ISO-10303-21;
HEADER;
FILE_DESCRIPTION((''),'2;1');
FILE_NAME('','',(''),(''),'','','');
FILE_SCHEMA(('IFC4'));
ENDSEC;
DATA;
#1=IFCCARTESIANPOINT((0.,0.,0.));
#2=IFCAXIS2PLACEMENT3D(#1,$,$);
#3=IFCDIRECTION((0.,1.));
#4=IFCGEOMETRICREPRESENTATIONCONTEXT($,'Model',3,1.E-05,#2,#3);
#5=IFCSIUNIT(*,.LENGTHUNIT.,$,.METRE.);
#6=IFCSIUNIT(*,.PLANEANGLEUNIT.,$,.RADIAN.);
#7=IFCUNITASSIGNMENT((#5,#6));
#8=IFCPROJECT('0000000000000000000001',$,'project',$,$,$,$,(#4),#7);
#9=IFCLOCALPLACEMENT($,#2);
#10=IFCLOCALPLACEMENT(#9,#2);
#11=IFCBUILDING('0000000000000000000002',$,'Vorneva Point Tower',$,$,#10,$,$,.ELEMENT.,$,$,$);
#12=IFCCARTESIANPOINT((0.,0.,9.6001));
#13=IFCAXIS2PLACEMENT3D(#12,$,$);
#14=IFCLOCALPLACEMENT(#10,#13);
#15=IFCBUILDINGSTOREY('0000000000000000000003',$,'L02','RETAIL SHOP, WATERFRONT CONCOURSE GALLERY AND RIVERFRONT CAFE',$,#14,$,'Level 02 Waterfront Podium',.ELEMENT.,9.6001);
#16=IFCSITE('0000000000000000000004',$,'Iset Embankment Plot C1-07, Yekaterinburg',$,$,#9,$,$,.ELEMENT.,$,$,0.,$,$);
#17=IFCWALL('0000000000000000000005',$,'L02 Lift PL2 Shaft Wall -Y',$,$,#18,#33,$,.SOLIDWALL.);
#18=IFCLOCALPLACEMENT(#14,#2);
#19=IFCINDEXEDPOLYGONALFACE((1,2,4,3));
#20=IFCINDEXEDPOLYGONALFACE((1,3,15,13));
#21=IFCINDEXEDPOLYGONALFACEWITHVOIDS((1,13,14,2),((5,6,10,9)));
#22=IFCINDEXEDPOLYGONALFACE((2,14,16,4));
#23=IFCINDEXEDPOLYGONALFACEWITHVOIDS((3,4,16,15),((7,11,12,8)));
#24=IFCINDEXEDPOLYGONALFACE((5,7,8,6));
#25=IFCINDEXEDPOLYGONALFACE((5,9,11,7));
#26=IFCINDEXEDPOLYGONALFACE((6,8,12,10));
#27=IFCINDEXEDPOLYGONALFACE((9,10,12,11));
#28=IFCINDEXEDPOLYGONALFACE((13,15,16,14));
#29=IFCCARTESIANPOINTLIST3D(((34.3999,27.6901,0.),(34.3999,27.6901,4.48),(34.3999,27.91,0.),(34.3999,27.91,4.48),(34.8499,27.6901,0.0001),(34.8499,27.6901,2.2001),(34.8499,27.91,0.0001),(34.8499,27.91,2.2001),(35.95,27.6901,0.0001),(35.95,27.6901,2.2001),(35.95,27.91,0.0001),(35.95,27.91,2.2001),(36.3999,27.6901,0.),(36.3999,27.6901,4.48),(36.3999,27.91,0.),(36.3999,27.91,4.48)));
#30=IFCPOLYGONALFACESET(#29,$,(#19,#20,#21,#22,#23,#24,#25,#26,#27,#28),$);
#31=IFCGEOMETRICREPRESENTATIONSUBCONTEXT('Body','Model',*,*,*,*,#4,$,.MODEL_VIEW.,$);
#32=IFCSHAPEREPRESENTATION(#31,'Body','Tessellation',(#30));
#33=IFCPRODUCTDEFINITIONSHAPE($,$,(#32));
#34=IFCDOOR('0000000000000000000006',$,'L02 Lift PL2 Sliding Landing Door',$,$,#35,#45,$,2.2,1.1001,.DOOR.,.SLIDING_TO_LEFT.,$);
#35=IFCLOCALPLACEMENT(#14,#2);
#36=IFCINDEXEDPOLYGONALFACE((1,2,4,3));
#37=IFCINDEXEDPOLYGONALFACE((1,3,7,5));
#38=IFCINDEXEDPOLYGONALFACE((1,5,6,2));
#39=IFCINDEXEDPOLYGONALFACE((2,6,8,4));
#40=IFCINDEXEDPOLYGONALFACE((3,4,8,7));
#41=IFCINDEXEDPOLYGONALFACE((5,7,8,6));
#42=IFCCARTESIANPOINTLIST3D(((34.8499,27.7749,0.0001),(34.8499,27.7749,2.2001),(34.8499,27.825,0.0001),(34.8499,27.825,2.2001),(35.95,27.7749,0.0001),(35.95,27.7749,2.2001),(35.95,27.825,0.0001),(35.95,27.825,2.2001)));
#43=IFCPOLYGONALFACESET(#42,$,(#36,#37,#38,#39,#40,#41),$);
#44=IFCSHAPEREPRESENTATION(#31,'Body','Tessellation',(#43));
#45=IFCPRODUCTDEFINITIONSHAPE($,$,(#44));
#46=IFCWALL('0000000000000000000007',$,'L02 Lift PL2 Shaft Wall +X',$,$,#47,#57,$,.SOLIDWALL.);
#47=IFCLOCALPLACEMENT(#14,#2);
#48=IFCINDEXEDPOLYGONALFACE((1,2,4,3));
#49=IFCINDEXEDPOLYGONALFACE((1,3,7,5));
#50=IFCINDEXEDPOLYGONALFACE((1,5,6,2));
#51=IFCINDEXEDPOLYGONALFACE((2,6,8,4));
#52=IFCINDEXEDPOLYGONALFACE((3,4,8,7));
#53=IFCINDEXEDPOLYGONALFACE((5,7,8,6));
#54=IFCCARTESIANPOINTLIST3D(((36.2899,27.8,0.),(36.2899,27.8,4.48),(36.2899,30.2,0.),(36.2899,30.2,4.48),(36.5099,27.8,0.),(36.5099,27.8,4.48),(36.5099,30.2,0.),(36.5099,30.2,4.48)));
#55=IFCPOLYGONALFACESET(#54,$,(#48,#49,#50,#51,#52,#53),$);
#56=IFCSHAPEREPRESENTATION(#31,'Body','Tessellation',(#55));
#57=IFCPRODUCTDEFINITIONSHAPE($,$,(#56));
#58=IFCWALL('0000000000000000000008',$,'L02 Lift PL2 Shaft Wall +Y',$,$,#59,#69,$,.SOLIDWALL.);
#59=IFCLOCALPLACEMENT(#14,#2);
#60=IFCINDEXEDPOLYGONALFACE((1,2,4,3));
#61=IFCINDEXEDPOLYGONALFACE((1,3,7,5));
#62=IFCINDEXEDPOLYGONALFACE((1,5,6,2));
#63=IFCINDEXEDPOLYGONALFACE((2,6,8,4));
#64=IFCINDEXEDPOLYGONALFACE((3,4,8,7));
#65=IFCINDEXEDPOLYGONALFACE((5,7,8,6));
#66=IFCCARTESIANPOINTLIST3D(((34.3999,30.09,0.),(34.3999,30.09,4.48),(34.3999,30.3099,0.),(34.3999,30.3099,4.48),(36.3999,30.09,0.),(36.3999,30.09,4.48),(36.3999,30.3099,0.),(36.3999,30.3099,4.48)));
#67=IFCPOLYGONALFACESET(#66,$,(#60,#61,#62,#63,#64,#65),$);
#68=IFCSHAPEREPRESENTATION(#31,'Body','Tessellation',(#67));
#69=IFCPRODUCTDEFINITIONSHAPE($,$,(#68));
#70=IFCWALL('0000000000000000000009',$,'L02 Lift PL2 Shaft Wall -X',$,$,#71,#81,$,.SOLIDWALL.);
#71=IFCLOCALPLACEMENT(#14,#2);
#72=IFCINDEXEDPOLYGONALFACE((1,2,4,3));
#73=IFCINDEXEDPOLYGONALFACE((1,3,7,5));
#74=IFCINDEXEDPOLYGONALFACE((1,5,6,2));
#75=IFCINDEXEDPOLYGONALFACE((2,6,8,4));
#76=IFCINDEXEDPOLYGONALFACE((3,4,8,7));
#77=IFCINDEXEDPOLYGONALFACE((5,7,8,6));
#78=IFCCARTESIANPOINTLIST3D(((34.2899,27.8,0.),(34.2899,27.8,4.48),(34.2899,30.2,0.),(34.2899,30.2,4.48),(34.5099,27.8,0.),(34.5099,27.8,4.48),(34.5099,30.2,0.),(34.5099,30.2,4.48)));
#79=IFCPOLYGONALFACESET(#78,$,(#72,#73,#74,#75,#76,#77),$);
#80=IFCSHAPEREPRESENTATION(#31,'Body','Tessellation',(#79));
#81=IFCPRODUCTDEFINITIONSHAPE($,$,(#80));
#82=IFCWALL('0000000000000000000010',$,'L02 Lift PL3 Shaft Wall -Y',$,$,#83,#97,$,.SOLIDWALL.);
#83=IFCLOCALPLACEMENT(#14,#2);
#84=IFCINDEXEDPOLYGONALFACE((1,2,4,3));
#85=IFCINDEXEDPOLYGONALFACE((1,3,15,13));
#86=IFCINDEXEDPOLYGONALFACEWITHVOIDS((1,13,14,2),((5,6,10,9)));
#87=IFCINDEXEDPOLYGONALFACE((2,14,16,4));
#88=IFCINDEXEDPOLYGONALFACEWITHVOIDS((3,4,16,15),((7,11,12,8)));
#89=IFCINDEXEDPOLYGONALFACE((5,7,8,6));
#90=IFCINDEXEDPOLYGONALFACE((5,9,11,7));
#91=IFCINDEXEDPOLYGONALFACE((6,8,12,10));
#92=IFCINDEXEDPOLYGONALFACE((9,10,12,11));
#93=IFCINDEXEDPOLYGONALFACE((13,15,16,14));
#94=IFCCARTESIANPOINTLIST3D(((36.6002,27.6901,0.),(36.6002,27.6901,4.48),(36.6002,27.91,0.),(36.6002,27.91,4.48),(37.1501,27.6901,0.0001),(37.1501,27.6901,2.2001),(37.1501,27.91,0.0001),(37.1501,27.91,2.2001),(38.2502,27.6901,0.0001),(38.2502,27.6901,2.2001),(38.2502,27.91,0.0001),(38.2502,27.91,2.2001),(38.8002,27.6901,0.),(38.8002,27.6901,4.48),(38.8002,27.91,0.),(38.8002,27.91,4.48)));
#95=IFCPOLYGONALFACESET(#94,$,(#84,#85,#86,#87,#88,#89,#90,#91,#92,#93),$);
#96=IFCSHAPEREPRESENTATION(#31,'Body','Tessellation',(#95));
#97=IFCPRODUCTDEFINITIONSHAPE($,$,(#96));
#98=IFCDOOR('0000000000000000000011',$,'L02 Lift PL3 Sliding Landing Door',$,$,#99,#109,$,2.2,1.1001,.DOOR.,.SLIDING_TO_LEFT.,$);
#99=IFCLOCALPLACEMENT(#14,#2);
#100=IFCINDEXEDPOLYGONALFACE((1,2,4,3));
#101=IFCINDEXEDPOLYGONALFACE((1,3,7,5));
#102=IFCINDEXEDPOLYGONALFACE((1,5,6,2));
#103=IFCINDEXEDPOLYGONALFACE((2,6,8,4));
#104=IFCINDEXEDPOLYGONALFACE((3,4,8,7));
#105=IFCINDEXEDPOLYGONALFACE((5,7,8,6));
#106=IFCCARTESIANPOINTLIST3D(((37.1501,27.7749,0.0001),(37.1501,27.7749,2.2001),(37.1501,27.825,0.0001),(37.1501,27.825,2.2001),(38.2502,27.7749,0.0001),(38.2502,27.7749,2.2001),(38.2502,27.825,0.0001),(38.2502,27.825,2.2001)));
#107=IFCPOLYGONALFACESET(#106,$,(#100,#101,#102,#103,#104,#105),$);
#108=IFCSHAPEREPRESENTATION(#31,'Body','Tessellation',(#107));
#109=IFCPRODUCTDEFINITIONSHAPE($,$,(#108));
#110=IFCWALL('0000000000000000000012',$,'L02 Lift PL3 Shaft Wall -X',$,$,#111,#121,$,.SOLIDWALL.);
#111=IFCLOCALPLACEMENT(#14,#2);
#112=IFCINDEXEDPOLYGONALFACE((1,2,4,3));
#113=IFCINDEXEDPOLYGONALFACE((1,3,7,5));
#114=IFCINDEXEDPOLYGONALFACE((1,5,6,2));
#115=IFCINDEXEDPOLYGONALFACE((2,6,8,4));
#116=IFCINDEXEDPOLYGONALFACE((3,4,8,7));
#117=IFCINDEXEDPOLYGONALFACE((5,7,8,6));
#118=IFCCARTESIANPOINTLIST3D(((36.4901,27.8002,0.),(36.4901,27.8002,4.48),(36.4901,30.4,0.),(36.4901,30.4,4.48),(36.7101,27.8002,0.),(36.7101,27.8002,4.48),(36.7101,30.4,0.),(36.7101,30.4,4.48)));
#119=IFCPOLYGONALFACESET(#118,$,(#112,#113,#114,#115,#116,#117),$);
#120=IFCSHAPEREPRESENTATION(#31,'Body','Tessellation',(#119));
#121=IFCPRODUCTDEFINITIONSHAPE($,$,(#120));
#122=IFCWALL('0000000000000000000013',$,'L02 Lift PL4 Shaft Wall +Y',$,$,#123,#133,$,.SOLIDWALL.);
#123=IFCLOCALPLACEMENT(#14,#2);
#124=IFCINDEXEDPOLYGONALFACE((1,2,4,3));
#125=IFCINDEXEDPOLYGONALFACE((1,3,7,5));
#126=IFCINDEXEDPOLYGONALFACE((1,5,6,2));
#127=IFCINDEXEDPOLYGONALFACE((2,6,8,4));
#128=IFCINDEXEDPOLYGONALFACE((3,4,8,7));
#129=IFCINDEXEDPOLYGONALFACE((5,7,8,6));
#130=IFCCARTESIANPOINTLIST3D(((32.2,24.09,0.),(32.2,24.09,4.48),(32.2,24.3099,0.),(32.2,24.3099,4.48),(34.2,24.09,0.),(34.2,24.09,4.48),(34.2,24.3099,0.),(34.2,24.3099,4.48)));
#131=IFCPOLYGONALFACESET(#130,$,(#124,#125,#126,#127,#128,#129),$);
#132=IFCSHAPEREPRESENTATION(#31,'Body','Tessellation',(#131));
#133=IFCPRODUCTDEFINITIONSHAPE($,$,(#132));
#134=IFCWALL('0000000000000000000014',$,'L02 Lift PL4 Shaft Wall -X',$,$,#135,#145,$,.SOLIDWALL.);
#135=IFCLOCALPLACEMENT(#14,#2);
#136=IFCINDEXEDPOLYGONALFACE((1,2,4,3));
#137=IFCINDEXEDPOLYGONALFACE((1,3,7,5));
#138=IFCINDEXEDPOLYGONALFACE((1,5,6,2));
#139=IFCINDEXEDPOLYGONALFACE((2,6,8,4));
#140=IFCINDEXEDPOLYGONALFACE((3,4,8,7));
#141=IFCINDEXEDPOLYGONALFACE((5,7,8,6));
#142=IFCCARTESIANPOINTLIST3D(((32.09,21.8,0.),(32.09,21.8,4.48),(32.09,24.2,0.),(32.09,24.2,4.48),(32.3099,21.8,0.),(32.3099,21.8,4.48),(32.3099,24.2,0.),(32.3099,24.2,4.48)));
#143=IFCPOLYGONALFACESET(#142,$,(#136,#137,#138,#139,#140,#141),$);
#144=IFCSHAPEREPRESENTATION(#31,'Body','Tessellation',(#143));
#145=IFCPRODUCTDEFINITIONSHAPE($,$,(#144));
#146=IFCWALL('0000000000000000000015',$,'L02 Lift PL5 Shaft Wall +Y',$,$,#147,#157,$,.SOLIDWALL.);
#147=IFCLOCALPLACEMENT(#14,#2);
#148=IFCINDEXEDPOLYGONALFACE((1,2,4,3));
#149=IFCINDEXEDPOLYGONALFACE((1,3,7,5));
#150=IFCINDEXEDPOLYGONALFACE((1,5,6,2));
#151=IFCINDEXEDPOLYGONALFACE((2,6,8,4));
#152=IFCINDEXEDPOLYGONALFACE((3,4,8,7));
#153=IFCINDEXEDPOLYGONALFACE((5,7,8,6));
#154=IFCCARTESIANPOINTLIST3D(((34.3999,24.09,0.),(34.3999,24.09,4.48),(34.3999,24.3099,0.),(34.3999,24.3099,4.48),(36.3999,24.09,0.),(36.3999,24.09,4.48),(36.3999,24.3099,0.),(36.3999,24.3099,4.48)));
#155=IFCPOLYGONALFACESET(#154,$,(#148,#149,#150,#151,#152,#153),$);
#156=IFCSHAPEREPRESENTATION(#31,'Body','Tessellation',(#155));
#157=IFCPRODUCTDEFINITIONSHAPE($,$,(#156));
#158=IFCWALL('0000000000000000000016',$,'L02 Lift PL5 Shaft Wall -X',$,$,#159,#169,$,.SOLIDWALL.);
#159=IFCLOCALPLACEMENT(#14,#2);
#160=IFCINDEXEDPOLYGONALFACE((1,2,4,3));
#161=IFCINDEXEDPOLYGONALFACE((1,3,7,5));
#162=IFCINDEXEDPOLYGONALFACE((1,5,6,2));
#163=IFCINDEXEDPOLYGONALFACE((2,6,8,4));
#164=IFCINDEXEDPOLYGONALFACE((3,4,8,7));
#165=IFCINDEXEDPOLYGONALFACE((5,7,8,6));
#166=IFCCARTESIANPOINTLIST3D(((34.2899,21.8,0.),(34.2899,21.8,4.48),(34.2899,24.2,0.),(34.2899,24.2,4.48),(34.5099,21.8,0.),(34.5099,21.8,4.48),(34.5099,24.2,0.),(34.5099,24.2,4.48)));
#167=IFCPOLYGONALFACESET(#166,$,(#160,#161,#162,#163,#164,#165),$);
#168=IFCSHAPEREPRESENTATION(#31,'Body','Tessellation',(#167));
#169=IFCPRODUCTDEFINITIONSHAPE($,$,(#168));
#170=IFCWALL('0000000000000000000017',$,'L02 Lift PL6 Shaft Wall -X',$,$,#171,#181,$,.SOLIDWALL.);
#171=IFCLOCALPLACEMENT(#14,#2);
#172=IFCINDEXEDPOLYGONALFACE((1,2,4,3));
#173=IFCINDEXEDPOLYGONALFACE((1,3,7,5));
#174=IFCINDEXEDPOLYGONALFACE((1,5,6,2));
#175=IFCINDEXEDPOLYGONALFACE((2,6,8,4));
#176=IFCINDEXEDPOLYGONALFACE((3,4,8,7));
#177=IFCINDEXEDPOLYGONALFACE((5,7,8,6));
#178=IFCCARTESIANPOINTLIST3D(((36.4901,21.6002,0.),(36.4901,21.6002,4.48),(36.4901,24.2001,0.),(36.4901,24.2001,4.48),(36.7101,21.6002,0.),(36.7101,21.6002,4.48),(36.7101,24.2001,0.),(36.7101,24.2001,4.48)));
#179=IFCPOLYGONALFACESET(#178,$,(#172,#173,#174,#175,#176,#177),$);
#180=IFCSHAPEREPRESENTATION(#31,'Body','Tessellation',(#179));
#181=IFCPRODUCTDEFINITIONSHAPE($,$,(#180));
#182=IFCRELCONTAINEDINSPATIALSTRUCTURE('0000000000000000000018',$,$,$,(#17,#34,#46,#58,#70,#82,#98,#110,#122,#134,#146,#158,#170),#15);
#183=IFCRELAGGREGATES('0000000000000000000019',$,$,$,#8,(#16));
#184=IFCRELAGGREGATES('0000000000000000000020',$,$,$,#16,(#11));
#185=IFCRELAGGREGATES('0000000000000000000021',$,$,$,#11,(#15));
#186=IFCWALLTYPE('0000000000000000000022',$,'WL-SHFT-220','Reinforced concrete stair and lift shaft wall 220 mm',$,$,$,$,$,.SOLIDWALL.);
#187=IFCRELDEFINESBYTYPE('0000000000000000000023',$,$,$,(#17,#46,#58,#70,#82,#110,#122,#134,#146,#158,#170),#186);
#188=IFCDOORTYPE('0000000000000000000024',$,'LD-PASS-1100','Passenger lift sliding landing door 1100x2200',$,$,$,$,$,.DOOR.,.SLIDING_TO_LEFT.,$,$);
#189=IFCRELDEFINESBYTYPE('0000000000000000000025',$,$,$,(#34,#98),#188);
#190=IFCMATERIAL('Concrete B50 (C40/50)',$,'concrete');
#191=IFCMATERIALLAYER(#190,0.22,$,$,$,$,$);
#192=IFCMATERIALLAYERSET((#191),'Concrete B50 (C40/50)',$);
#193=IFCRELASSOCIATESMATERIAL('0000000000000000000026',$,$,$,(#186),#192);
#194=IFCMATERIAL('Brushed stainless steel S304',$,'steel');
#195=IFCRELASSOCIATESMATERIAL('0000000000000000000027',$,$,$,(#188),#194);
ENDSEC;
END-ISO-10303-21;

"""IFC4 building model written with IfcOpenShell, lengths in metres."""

from ifc_helpers import new_model, si_unit, direction, frame, frame_2d, origin, place, context, subcontext, project, spatial, rectangle, extrude, material, layer, layer_set, type_object, element, fill, save


model = new_model("IFC4")

# Units and contexts
model_context = context("Model", 3, precision=1e-05, world=origin(), true_north=direction((0.0, 1.0)))
body_context = subcontext(model_context, "Body", "Model", "MODEL_VIEW")
ifc_project = project(units=[si_unit("LENGTHUNIT", "METRE"), si_unit("PLANEANGLEUNIT", "RADIAN")], contexts=[model_context])

# Site, building, storey
site_placement = place(None, origin())
site = spatial("IfcSite", under=ifc_project, at=site_placement, Name="Iset Embankment Plot C1-07, Yekaterinburg", CompositionType="ELEMENT", RefElevation=0.0)
building_placement = place(site_placement, origin())
building = spatial("IfcBuilding", under=site, at=building_placement, Name="Vorneva Point Tower", CompositionType="ELEMENT")
storey_placement = place(building_placement, frame((0.0, 0.0, 9.6001)))
storey = spatial("IfcBuildingStorey", under=building, at=storey_placement, Name="L02", Description="RETAIL SHOP, WATERFRONT CONCOURSE GALLERY AND RIVERFRONT CAFE", LongName="Level 02 Waterfront Podium", CompositionType="ELEMENT", Elevation=9.6001)

# Shared definitions
ifc_material_1 = material(Name="Concrete B50 (C40/50)", Category="concrete")
ifc_layer_1 = layer(ifc_material_1, 0.22)
ifc_layer_set_1 = layer_set([ifc_layer_1], Name="Concrete B50 (C40/50)")
wall_type_1 = type_object("IfcWallType", Name="WL-SHFT-220", Description="Reinforced concrete stair and lift shaft wall 220 mm", PredefinedType="SOLIDWALL", material=ifc_layer_set_1)
ifc_material_2 = material(Name="Brushed stainless steel S304", Category="steel")
door_type = type_object("IfcDoorType", Name="LD-PASS-1100", Description="Passenger lift sliding landing door 1100x2200", OperationType="SLIDING_TO_LEFT", PredefinedType="DOOR", material=ifc_material_2)

# Wall, opening, door
wall_1_placement = place(storey_placement, frame((34.3999, 27.8, 0.0), z_axis=(0.0, 0.0, 1.0), x_axis=(1.0, 0.0, 0.0)))
wall_1 = element("IfcWall", 1, at=wall_1_placement, inside=storey, type_object=wall_type_1, Name="L02 Lift PL2 Shaft Wall -Y", PredefinedType="SOLIDWALL", context=body_context, shape_type="SweptSolid", body=[
    extrude(rectangle(XDim=2.0, YDim=0.22, at=frame_2d((1.0, 0.0))), origin(), (0.0, 0.0, 1.0), 4.48),
])
opening_1_placement = place(wall_1_placement, frame((0.45, 0.0, 0.0)))
opening_1 = element("IfcOpeningElement", 2, at=opening_1_placement, cuts=wall_1, PredefinedType="OPENING", context=body_context, shape_type="SweptSolid", body=[
    extrude(rectangle(XDim=1.1001, YDim=2.2, at=frame_2d((0.55, 1.1001))), frame((0.0, 0.125, 0.0), z_axis=(0.0, -1.0, 0.0), x_axis=(1.0, 0.0, 0.0)), (0.0, 0.0, 1.0), 0.2498),
])
door_1_placement = place(opening_1_placement, origin())
door_1 = element("IfcDoor", 3, at=door_1_placement, inside=storey, type_object=door_type, Name="L02 Lift PL2 Sliding Landing Door", OperationType="SLIDING_TO_LEFT", OverallHeight=2.2, OverallWidth=1.1001, PredefinedType="DOOR", context=body_context, shape_type="SweptSolid", body=[
    extrude(rectangle(XDim=1.1001, YDim=2.2, at=frame_2d((0.55, 1.1001))), frame((0.0, 0.0249, 0.0), z_axis=(0.0, -1.0, 0.0), x_axis=(1.0, 0.0, 0.0)), (0.0, 0.0, 1.0), 0.05),
])
fill(opening_1, door_1)

# Walls
wall_2_placement = place(storey_placement, frame((36.3999, 27.8, 0.0), z_axis=(0.0, 0.0, 1.0), x_axis=(0.0, 1.0, 0.0)))
element("IfcWall", 4, at=wall_2_placement, inside=storey, type_object=wall_type_1, Name="L02 Lift PL2 Shaft Wall +X", PredefinedType="SOLIDWALL", context=body_context, shape_type="SweptSolid", body=[
    extrude(rectangle(XDim=2.3999, YDim=0.22, at=frame_2d((1.2, 0.0))), origin(), (0.0, 0.0, 1.0), 4.48),
])
wall_3_placement = place(storey_placement, frame((36.3999, 30.2, 0.0), z_axis=(0.0, 0.0, 1.0), x_axis=(-1.0, 0.0, 0.0)))
element("IfcWall", 5, at=wall_3_placement, inside=storey, type_object=wall_type_1, Name="L02 Lift PL2 Shaft Wall +Y", PredefinedType="SOLIDWALL", context=body_context, shape_type="SweptSolid", body=[
    extrude(rectangle(XDim=2.0, YDim=0.22, at=frame_2d((1.0, 0.0))), origin(), (0.0, 0.0, 1.0), 4.48),
])
wall_4_placement = place(storey_placement, frame((34.3999, 30.2, 0.0), z_axis=(0.0, 0.0, 1.0), x_axis=(0.0, -1.0, 0.0)))
element("IfcWall", 6, at=wall_4_placement, inside=storey, type_object=wall_type_1, Name="L02 Lift PL2 Shaft Wall -X", PredefinedType="SOLIDWALL", context=body_context, shape_type="SweptSolid", body=[
    extrude(rectangle(XDim=2.3999, YDim=0.22, at=frame_2d((1.2, 0.0))), origin(), (0.0, 0.0, 1.0), 4.48),
])

# Wall, opening, door
wall_5_placement = place(storey_placement, frame((36.6001, 27.8, 0.0), z_axis=(0.0, 0.0, 1.0), x_axis=(1.0, 0.0, 0.0)))
wall_5 = element("IfcWall", 7, at=wall_5_placement, inside=storey, type_object=wall_type_1, Name="L02 Lift PL3 Shaft Wall -Y", PredefinedType="SOLIDWALL", context=body_context, shape_type="SweptSolid", body=[
    extrude(rectangle(XDim=2.2, YDim=0.22, at=frame_2d((1.1001, 0.0))), origin(), (0.0, 0.0, 1.0), 4.48),
])
opening_2_placement = place(wall_5_placement, frame((0.55, 0.0, 0.0)))
opening_2 = element("IfcOpeningElement", 8, at=opening_2_placement, cuts=wall_5, PredefinedType="OPENING", context=body_context, shape_type="SweptSolid", body=[
    extrude(rectangle(XDim=1.1001, YDim=2.2, at=frame_2d((0.55, 1.1001))), frame((0.0, 0.125, 0.0), z_axis=(0.0, -1.0, 0.0), x_axis=(1.0, 0.0, 0.0)), (0.0, 0.0, 1.0), 0.2498),
])
door_2_placement = place(opening_2_placement, origin())
door_2 = element("IfcDoor", 9, at=door_2_placement, inside=storey, type_object=door_type, Name="L02 Lift PL3 Sliding Landing Door", OperationType="SLIDING_TO_LEFT", OverallHeight=2.2, OverallWidth=1.1001, PredefinedType="DOOR", context=body_context, shape_type="SweptSolid", body=[
    extrude(rectangle(XDim=1.1001, YDim=2.2, at=frame_2d((0.55, 1.1001))), frame((0.0, 0.0249, 0.0), z_axis=(0.0, -1.0, 0.0), x_axis=(1.0, 0.0, 0.0)), (0.0, 0.0, 1.0), 0.05),
])
fill(opening_2, door_2)

# Walls
wall_6_placement = place(storey_placement, frame((36.6001, 30.3999, 0.0), z_axis=(0.0, 0.0, 1.0), x_axis=(0.0, -1.0, 0.0)))
element("IfcWall", 10, at=wall_6_placement, inside=storey, type_object=wall_type_1, Name="L02 Lift PL3 Shaft Wall -X", PredefinedType="SOLIDWALL", context=body_context, shape_type="SweptSolid", body=[
    extrude(rectangle(XDim=2.5999, YDim=0.22, at=frame_2d((1.2998, 0.0))), origin(), (0.0, 0.0, 1.0), 4.48),
])
wall_7_placement = place(storey_placement, frame((34.2, 24.2, 0.0), z_axis=(0.0, 0.0, 1.0), x_axis=(-1.0, 0.0, 0.0)))
element("IfcWall", 11, at=wall_7_placement, inside=storey, type_object=wall_type_1, Name="L02 Lift PL4 Shaft Wall +Y", PredefinedType="SOLIDWALL", context=body_context, shape_type="SweptSolid", body=[
    extrude(rectangle(XDim=2.0, YDim=0.22, at=frame_2d((1.0, 0.0))), origin(), (0.0, 0.0, 1.0), 4.48),
])
wall_8_placement = place(storey_placement, frame((32.2, 24.2, 0.0), z_axis=(0.0, 0.0, 1.0), x_axis=(0.0, -1.0, 0.0)))
element("IfcWall", 12, at=wall_8_placement, inside=storey, type_object=wall_type_1, Name="L02 Lift PL4 Shaft Wall -X", PredefinedType="SOLIDWALL", context=body_context, shape_type="SweptSolid", body=[
    extrude(rectangle(XDim=2.3999, YDim=0.22, at=frame_2d((1.2, 0.0))), origin(), (0.0, 0.0, 1.0), 4.48),
])
wall_9_placement = place(storey_placement, frame((36.3999, 24.2, 0.0), z_axis=(0.0, 0.0, 1.0), x_axis=(-1.0, 0.0, 0.0)))
element("IfcWall", 13, at=wall_9_placement, inside=storey, type_object=wall_type_1, Name="L02 Lift PL5 Shaft Wall +Y", PredefinedType="SOLIDWALL", context=body_context, shape_type="SweptSolid", body=[
    extrude(rectangle(XDim=2.0, YDim=0.22, at=frame_2d((1.0, 0.0))), origin(), (0.0, 0.0, 1.0), 4.48),
])
wall_10_placement = place(storey_placement, frame((34.3999, 24.2, 0.0), z_axis=(0.0, 0.0, 1.0), x_axis=(0.0, -1.0, 0.0)))
element("IfcWall", 14, at=wall_10_placement, inside=storey, type_object=wall_type_1, Name="L02 Lift PL5 Shaft Wall -X", PredefinedType="SOLIDWALL", context=body_context, shape_type="SweptSolid", body=[
    extrude(rectangle(XDim=2.3999, YDim=0.22, at=frame_2d((1.2, 0.0))), origin(), (0.0, 0.0, 1.0), 4.48),
])
wall_11_placement = place(storey_placement, frame((36.6001, 24.2, 0.0), z_axis=(0.0, 0.0, 1.0), x_axis=(0.0, -1.0, 0.0)))
element("IfcWall", 15, at=wall_11_placement, inside=storey, type_object=wall_type_1, Name="L02 Lift PL6 Shaft Wall -X", PredefinedType="SOLIDWALL", context=body_context, shape_type="SweptSolid", body=[
    extrude(rectangle(XDim=2.5999, YDim=0.22, at=frame_2d((1.2998, 0.0))), origin(), (0.0, 0.0, 1.0), 4.48),
])

save(model, "model.ifc")
